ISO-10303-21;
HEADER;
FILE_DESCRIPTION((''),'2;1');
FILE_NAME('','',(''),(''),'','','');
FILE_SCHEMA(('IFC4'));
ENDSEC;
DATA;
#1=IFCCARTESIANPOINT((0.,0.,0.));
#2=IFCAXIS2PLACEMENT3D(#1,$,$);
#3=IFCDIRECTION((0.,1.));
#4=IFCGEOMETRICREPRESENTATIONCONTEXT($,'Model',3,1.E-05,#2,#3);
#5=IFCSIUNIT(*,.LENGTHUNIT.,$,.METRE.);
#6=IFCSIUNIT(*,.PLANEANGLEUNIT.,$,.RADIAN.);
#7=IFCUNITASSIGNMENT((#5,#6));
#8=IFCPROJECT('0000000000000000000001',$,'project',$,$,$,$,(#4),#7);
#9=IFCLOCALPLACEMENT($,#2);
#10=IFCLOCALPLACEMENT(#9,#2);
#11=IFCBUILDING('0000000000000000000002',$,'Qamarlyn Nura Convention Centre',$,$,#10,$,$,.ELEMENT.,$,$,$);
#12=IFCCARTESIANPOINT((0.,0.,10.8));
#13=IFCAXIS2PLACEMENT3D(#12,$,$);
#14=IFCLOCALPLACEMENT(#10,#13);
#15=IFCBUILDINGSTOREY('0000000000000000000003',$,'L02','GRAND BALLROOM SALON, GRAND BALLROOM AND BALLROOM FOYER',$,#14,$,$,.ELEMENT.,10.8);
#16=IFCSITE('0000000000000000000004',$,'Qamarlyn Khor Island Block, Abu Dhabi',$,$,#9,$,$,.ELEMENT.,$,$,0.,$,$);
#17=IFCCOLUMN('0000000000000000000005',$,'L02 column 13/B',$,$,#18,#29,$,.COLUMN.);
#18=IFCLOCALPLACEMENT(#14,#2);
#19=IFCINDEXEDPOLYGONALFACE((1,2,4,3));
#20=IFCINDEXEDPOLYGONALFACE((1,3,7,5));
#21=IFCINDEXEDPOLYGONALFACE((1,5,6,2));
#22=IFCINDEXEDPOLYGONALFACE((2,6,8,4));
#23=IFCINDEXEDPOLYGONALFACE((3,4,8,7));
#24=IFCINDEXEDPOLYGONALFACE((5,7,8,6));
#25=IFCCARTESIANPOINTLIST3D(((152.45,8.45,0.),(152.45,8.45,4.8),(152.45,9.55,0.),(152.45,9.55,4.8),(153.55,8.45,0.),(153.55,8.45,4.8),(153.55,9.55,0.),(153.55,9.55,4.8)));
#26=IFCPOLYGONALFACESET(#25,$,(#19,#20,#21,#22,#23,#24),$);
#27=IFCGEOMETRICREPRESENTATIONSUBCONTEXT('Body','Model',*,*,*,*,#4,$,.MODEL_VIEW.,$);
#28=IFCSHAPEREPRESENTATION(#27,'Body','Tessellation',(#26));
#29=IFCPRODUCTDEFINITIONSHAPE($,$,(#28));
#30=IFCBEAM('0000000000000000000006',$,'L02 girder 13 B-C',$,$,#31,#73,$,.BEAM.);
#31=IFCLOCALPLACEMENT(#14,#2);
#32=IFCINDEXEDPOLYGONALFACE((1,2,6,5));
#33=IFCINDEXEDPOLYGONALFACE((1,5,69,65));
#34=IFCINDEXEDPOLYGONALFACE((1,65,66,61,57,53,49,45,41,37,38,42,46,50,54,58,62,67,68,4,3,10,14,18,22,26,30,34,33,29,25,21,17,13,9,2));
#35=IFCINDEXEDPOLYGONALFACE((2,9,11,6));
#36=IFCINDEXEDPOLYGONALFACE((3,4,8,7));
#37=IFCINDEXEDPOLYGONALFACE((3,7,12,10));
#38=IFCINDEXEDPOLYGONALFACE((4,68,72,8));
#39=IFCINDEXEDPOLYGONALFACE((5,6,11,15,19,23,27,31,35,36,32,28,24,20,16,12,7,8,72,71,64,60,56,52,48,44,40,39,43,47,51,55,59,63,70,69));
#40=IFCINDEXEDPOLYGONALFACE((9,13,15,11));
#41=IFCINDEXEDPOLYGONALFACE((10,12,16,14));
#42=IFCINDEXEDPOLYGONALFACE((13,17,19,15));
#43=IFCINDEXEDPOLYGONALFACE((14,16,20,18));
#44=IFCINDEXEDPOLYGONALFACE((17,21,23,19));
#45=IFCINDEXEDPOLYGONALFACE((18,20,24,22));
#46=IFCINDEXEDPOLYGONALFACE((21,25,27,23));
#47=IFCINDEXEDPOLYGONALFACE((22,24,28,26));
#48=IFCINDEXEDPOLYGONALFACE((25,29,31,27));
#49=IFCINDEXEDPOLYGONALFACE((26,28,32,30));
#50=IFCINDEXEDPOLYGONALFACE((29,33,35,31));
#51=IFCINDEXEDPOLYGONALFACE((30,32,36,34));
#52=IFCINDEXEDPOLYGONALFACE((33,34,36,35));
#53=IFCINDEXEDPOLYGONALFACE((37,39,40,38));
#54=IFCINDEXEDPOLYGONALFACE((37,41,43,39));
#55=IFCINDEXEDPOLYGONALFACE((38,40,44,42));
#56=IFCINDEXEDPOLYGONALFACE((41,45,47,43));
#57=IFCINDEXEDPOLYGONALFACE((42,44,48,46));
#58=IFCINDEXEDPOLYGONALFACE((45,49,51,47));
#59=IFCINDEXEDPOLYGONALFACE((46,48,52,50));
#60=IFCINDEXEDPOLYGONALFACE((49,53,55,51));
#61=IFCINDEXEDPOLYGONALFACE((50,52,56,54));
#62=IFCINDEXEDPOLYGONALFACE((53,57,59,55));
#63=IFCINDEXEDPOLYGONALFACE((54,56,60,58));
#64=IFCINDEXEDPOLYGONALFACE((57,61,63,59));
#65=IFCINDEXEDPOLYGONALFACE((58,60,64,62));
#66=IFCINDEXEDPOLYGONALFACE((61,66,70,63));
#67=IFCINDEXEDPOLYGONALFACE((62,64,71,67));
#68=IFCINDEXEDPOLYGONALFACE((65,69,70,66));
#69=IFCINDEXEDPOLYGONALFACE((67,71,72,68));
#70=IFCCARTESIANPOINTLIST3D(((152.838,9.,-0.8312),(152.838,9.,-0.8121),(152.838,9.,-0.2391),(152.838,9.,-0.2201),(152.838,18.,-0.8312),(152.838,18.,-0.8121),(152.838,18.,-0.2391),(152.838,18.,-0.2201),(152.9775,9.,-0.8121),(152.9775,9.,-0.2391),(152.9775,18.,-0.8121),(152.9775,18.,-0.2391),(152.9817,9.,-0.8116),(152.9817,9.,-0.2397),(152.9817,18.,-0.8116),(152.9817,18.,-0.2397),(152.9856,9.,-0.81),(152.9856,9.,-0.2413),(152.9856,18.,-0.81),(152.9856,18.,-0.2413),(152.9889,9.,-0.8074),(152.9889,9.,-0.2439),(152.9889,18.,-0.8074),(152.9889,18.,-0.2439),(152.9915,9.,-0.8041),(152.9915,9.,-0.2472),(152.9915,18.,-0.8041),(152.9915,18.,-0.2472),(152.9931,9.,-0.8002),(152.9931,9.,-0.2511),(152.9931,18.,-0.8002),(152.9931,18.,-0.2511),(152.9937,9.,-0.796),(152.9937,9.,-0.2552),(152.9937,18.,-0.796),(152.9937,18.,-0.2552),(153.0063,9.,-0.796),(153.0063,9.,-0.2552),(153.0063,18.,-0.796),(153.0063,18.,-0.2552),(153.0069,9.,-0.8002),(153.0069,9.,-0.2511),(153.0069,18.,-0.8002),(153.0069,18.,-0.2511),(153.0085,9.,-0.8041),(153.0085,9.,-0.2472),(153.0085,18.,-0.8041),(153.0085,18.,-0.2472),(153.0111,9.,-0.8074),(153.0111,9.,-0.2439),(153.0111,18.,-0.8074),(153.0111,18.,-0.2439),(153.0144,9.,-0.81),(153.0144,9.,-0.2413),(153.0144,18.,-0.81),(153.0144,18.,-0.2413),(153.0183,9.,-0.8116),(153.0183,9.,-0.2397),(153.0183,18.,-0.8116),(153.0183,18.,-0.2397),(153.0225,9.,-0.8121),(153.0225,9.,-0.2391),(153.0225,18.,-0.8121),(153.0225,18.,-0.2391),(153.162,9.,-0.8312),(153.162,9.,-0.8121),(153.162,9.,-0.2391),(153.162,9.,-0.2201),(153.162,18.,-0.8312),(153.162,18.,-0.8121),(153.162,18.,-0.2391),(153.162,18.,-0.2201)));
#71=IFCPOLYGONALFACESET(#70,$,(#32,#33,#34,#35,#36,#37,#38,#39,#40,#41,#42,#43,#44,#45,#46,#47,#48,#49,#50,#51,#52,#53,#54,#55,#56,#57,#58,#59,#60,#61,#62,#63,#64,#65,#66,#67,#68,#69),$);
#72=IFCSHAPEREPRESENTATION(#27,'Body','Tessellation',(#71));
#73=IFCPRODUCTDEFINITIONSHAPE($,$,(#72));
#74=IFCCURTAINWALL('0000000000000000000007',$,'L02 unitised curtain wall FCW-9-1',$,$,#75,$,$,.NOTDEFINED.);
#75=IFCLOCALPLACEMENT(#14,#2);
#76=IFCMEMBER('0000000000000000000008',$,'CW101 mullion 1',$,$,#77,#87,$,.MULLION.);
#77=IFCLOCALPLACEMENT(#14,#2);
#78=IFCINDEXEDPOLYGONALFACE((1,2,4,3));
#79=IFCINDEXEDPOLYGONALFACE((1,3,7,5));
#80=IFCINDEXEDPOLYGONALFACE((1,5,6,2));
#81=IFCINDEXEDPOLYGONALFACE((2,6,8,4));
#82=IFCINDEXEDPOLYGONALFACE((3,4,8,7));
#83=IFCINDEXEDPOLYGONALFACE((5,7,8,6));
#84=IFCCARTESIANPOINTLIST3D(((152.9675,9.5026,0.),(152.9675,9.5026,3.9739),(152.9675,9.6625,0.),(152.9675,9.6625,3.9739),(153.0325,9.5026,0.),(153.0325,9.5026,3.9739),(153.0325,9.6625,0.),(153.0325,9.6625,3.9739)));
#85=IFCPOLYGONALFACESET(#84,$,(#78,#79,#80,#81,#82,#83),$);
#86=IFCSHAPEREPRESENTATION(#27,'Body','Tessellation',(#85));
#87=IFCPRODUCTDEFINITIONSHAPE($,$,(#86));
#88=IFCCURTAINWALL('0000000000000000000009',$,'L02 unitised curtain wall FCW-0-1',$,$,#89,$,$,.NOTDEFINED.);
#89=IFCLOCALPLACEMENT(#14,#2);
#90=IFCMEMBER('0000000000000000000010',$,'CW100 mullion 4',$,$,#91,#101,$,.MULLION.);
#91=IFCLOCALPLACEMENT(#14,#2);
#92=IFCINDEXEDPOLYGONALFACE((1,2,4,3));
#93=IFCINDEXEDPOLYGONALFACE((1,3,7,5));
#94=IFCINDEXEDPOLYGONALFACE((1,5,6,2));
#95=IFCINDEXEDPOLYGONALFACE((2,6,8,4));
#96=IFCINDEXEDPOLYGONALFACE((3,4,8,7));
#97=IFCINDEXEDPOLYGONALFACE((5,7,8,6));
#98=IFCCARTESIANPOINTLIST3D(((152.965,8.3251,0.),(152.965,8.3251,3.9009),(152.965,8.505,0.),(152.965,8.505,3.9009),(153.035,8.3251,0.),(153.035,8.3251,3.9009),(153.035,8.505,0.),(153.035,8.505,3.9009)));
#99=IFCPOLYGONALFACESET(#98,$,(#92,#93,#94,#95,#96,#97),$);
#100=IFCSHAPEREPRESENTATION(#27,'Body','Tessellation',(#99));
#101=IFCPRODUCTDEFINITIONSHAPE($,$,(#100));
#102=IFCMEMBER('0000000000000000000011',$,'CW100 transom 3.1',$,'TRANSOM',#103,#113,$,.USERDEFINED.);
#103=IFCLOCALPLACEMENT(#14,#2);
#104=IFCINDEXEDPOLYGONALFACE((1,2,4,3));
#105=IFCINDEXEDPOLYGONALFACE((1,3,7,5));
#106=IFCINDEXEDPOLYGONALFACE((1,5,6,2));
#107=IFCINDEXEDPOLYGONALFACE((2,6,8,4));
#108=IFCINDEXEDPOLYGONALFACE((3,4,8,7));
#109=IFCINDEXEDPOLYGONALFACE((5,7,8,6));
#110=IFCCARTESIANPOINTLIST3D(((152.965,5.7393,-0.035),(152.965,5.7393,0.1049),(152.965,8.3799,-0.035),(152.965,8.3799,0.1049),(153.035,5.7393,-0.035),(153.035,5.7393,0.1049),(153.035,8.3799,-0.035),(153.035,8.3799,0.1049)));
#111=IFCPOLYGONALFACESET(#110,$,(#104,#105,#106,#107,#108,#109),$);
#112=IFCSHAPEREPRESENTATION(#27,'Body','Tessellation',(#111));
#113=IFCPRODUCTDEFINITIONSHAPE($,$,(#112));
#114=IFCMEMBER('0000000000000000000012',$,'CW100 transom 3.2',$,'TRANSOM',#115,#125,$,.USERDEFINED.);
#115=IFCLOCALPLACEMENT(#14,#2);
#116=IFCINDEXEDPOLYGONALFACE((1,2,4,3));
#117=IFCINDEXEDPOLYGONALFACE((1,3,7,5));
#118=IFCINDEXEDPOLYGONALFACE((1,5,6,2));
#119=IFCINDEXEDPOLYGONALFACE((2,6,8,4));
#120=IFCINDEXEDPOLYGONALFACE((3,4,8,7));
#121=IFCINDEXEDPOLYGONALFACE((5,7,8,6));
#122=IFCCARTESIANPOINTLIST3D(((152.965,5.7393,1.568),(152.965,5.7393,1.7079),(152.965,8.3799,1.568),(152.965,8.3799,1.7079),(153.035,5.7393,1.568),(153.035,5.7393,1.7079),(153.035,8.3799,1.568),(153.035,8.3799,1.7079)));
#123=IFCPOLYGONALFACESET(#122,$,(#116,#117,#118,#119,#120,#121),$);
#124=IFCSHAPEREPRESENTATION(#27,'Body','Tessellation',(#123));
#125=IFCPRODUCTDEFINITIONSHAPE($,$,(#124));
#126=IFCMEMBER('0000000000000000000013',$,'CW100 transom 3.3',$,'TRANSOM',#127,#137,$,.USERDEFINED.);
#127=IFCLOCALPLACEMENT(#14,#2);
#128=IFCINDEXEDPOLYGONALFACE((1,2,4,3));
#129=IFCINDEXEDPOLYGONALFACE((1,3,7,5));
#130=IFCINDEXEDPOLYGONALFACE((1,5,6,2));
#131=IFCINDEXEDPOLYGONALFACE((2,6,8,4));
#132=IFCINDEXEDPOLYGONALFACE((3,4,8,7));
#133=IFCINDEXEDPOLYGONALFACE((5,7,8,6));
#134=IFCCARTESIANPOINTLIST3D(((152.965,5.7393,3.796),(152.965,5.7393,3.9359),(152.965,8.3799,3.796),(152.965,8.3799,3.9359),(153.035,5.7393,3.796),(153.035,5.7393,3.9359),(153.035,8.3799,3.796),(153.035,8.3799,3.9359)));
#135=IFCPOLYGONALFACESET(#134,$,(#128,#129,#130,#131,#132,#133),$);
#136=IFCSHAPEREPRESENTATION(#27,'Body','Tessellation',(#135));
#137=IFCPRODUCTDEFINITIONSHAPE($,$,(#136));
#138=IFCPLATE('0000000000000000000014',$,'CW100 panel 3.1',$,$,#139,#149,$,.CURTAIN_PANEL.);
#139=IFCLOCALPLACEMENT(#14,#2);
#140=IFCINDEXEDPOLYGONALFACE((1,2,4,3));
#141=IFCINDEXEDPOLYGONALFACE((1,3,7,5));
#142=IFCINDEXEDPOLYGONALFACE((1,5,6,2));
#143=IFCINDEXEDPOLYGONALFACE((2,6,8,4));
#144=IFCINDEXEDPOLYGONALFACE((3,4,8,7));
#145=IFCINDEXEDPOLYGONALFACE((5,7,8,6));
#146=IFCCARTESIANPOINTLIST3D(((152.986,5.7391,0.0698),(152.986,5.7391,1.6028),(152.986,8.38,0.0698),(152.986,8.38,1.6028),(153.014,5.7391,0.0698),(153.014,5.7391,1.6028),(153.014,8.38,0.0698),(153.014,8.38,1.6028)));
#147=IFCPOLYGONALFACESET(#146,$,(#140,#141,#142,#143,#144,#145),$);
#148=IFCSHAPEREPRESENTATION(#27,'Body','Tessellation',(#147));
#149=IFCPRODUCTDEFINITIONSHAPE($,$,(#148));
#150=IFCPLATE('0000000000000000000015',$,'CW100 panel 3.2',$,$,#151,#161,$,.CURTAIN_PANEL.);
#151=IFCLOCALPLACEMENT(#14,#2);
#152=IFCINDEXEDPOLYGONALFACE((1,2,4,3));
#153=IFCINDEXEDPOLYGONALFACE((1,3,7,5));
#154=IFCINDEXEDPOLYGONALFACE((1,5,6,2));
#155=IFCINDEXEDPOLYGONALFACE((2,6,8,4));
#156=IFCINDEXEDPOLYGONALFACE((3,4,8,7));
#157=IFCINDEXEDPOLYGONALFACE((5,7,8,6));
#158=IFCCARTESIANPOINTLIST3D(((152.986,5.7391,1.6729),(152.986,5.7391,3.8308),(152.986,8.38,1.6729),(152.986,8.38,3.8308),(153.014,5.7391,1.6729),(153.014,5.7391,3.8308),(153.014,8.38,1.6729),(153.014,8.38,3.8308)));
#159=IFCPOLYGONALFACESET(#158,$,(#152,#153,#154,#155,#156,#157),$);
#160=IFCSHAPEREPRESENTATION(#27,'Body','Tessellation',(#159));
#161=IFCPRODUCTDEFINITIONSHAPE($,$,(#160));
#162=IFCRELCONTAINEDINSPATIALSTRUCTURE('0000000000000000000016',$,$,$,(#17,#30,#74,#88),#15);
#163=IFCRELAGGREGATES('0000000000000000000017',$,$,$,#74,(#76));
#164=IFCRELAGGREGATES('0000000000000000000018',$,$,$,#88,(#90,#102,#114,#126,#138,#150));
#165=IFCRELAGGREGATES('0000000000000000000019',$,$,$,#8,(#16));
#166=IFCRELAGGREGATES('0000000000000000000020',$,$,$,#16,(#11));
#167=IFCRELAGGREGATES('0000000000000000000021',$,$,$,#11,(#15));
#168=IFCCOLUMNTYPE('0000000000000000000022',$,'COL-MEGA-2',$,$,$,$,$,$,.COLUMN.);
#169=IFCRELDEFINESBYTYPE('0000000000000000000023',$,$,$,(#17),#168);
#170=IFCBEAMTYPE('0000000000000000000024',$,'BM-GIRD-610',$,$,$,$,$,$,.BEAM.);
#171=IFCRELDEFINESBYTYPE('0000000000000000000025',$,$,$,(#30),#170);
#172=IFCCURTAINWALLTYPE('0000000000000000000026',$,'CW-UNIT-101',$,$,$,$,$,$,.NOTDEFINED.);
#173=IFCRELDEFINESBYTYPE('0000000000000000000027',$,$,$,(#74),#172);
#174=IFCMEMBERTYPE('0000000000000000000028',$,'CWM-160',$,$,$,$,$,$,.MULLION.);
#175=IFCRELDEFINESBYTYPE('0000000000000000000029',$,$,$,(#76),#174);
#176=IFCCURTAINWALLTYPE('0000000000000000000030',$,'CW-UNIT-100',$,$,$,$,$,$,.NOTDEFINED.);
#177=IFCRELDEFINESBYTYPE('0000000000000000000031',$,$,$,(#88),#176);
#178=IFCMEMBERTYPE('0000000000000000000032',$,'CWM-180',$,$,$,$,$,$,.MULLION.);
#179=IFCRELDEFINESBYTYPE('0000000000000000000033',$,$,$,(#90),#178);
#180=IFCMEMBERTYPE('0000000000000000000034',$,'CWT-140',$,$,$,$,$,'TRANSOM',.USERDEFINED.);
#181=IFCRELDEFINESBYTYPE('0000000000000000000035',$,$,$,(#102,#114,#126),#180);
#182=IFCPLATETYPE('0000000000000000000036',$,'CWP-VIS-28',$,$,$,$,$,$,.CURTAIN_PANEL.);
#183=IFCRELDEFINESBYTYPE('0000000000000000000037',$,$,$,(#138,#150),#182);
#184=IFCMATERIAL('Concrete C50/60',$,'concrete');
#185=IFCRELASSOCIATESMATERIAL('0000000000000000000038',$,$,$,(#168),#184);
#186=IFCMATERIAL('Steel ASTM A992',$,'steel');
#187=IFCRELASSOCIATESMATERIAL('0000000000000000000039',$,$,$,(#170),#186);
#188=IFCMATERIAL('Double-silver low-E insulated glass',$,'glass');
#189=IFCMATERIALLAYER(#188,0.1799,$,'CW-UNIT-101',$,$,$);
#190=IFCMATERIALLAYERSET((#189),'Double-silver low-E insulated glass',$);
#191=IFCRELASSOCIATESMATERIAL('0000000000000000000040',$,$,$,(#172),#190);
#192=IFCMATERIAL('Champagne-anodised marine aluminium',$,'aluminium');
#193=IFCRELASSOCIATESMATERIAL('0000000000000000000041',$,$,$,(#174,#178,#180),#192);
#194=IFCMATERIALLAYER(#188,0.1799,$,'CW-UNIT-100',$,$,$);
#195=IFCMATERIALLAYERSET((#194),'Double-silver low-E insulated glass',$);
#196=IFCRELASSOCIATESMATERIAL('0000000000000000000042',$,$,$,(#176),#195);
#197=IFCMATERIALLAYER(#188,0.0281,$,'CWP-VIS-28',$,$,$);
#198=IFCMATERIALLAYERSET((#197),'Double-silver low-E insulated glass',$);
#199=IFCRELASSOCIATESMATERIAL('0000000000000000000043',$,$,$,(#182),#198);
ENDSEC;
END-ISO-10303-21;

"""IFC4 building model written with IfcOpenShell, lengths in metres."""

from ifc_helpers import new_model, si_unit, direction, frame, origin, origin_2d, place, context, subcontext, project, spatial, rectangle, i_section, extrude, material, layer, layer_set, material_profile, profile_set, type_object, element, aggregate, save


model = new_model("IFC4")

# Units and contexts
model_context = context("Model", 3, precision=1e-05, world=origin(), true_north=direction((0.0, 1.0)))
body_context = subcontext(model_context, "Body", "Model", "MODEL_VIEW")
ifc_project = project(units=[si_unit("LENGTHUNIT", "METRE"), si_unit("PLANEANGLEUNIT", "RADIAN")], contexts=[model_context])

# Site, building, storey
site_placement = place(None, origin())
site = spatial("IfcSite", under=ifc_project, at=site_placement, Name="Qamarlyn Khor Island Block, Abu Dhabi", CompositionType="ELEMENT", RefElevation=0.0)
building_placement = place(site_placement, origin())
building = spatial("IfcBuilding", under=site, at=building_placement, Name="Qamarlyn Nura Convention Centre", CompositionType="ELEMENT")
storey_placement = place(building_placement, frame((0.0, 0.0, 10.8)))
storey = spatial("IfcBuildingStorey", under=building, at=storey_placement, Name="L02", Description="GRAND BALLROOM SALON, GRAND BALLROOM AND BALLROOM FOYER", CompositionType="ELEMENT", Elevation=10.8)

# Column
ifc_material_1 = material(Name="Concrete C50/60", Category="concrete")
ifc_material_profile_1 = material_profile(ifc_material_1, rectangle(XDim=1.1001, YDim=1.1001, at=origin_2d()), Name="RC 1100x1100")
ifc_profile_set_1 = profile_set([ifc_material_profile_1], Name="Concrete C50/60")
column_type = type_object("IfcColumnType", Name="COL-MEGA-2", PredefinedType="COLUMN", material=ifc_profile_set_1)
column_placement = place(storey_placement, frame((153.0, 9.0, 0.0), z_axis=(0.0, 0.0, 1.0), x_axis=(1.0, 0.0, 0.0)))
element("IfcColumn", 1, at=column_placement, inside=storey, type_object=column_type, Name="L02 column 13/B", PredefinedType="COLUMN", context=body_context, shape_type="SweptSolid", body=[
    extrude(rectangle(XDim=1.1001, YDim=1.1001, at=origin_2d()), origin(), (0.0, 0.0, 1.0), 4.8),
])

# Beam
ifc_material_2 = material(Name="Steel ASTM A992", Category="steel")
ifc_material_profile_2 = material_profile(ifc_material_2, i_section(OverallWidth=0.324, OverallDepth=0.6111, WebThickness=0.0127, FlangeThickness=0.019, FilletRadius=0.0161, at=origin_2d()), Name="W610X155")
ifc_profile_set_2 = profile_set([ifc_material_profile_2], Name="Steel ASTM A992")
beam_type = type_object("IfcBeamType", Name="BM-GIRD-610", PredefinedType="BEAM", material=ifc_profile_set_2)
beam_placement = place(storey_placement, frame((153.0, 9.0, -0.5256), z_axis=(0.0, 1.0, 0.0), x_axis=(-1.0, 0.0, 0.0)))
element("IfcBeam", 2, at=beam_placement, inside=storey, type_object=beam_type, Name="L02 girder 13 B-C", PredefinedType="BEAM", context=body_context, shape_type="SweptSolid", body=[
    extrude(i_section(OverallWidth=0.324, OverallDepth=0.6111, WebThickness=0.0127, FlangeThickness=0.019, FilletRadius=0.0161, at=origin_2d()), origin(), (0.0, 0.0, 1.0), 9.0),
])

# Curtain wall, member
ifc_material_3 = material(Name="Double-silver low-E insulated glass", Category="glass")
ifc_layer_1 = layer(ifc_material_3, 0.1799, Name="CW-UNIT-101")
ifc_layer_set_1 = layer_set([ifc_layer_1], Name="Double-silver low-E insulated glass")
curtain_wall_type_1 = type_object("IfcCurtainWallType", Name="CW-UNIT-101", PredefinedType="NOTDEFINED", material=ifc_layer_set_1)
curtain_wall_1_placement = place(storey_placement, origin())
curtain_wall_1 = element("IfcCurtainWall", 3, at=curtain_wall_1_placement, inside=storey, type_object=curtain_wall_type_1, Name="L02 unitised curtain wall FCW-9-1", PredefinedType="NOTDEFINED")
ifc_material_4 = material(Name="Champagne-anodised marine aluminium", Category="aluminium")
ifc_material_profile_3 = material_profile(ifc_material_4, rectangle(XDim=0.0649, YDim=0.1599, at=origin_2d()), Name="ALU MULLION 65x160")
ifc_profile_set_3 = profile_set([ifc_material_profile_3], Name="Champagne-anodised marine aluminium")
member_type_1 = type_object("IfcMemberType", Name="CWM-160", PredefinedType="MULLION", material=ifc_profile_set_3)
member_1_placement = place(storey_placement, frame((153.0, 9.5825, 0.0), z_axis=(0.0, 0.0, 1.0), x_axis=(-1.0, 0.0, 0.0)))
member_1 = element("IfcMember", 4, at=member_1_placement, type_object=member_type_1, Name="CW101 mullion 1", PredefinedType="MULLION", context=body_context, shape_type="SweptSolid", body=[
    extrude(rectangle(XDim=0.0649, YDim=0.1599, at=origin_2d()), origin(), (0.0, 0.0, 1.0), 3.9739),
])
aggregate(curtain_wall_1, [member_1])

# Curtain wall, members, plates
ifc_layer_2 = layer(ifc_material_3, 0.1799, Name="CW-UNIT-100")
ifc_layer_set_2 = layer_set([ifc_layer_2], Name="Double-silver low-E insulated glass")
curtain_wall_type_2 = type_object("IfcCurtainWallType", Name="CW-UNIT-100", PredefinedType="NOTDEFINED", material=ifc_layer_set_2)
curtain_wall_2_placement = place(storey_placement, origin())
curtain_wall_2 = element("IfcCurtainWall", 5, at=curtain_wall_2_placement, inside=storey, type_object=curtain_wall_type_2, Name="L02 unitised curtain wall FCW-0-1", PredefinedType="NOTDEFINED")
ifc_material_profile_4 = material_profile(ifc_material_4, rectangle(XDim=0.0701, YDim=0.1799, at=origin_2d()), Name="ALU MULLION 70x180")
ifc_profile_set_4 = profile_set([ifc_material_profile_4], Name="Champagne-anodised marine aluminium")
member_type_2 = type_object("IfcMemberType", Name="CWM-180", PredefinedType="MULLION", material=ifc_profile_set_4)
member_2_placement = place(storey_placement, frame((153.0, 8.415, 0.0), z_axis=(0.0, 0.0, 1.0), x_axis=(-1.0, 0.0, 0.0)))
member_2 = element("IfcMember", 6, at=member_2_placement, type_object=member_type_2, Name="CW100 mullion 4", PredefinedType="MULLION", context=body_context, shape_type="SweptSolid", body=[
    extrude(rectangle(XDim=0.0701, YDim=0.1799, at=origin_2d()), origin(), (0.0, 0.0, 1.0), 3.9009),
])
ifc_material_profile_5 = material_profile(ifc_material_4, rectangle(XDim=0.0701, YDim=0.1399, at=origin_2d()), Name="ALU TRANSOM 70x140")
ifc_profile_set_5 = profile_set([ifc_material_profile_5], Name="Champagne-anodised marine aluminium")
member_type_3 = type_object("IfcMemberType", Name="CWT-140", ElementType="TRANSOM", PredefinedType="USERDEFINED", material=ifc_profile_set_5)
member_3_placement = place(storey_placement, frame((153.0, 5.7393, 0.0349), z_axis=(0.0, 1.0, 0.0), x_axis=(-1.0, 0.0, 0.0)))
member_3 = element("IfcMember", 7, at=member_3_placement, type_object=member_type_3, Name="CW100 transom 3.1", ObjectType="TRANSOM", PredefinedType="USERDEFINED", context=body_context, shape_type="SweptSolid", body=[
    extrude(rectangle(XDim=0.0701, YDim=0.1399, at=origin_2d()), origin(), (0.0, 0.0, 1.0), 2.6406),
])
member_4_placement = place(storey_placement, frame((153.0, 5.7393, 1.6379), z_axis=(0.0, 1.0, 0.0), x_axis=(-1.0, 0.0, 0.0)))
member_4 = element("IfcMember", 8, at=member_4_placement, type_object=member_type_3, Name="CW100 transom 3.2", ObjectType="TRANSOM", PredefinedType="USERDEFINED", context=body_context, shape_type="SweptSolid", body=[
    extrude(rectangle(XDim=0.0701, YDim=0.1399, at=origin_2d()), origin(), (0.0, 0.0, 1.0), 2.6406),
])
member_5_placement = place(storey_placement, frame((153.0, 5.7393, 3.866), z_axis=(0.0, 1.0, 0.0), x_axis=(-1.0, 0.0, 0.0)))
member_5 = element("IfcMember", 9, at=member_5_placement, type_object=member_type_3, Name="CW100 transom 3.3", ObjectType="TRANSOM", PredefinedType="USERDEFINED", context=body_context, shape_type="SweptSolid", body=[
    extrude(rectangle(XDim=0.0701, YDim=0.1399, at=origin_2d()), origin(), (0.0, 0.0, 1.0), 2.6406),
])
ifc_layer_3 = layer(ifc_material_3, 0.0281, Name="CWP-VIS-28")
ifc_layer_set_3 = layer_set([ifc_layer_3], Name="Double-silver low-E insulated glass")
plate_type = type_object("IfcPlateType", Name="CWP-VIS-28", PredefinedType="CURTAIN_PANEL", material=ifc_layer_set_3)
plate_1_placement = place(storey_placement, frame((153.0, 7.0596, 0.0698), z_axis=(0.0, 0.0, 1.0), x_axis=(0.0, 1.0, 0.0)))
plate_1 = element("IfcPlate", 10, at=plate_1_placement, type_object=plate_type, Name="CW100 panel 3.1", PredefinedType="CURTAIN_PANEL", context=body_context, shape_type="SweptSolid", body=[
    extrude(rectangle(XDim=2.6409, YDim=0.0281, at=origin_2d()), origin(), (0.0, 0.0, 1.0), 1.533),
])
plate_2_placement = place(storey_placement, frame((153.0, 7.0596, 1.6729), z_axis=(0.0, 0.0, 1.0), x_axis=(0.0, 1.0, 0.0)))
plate_2 = element("IfcPlate", 11, at=plate_2_placement, type_object=plate_type, Name="CW100 panel 3.2", PredefinedType="CURTAIN_PANEL", context=body_context, shape_type="SweptSolid", body=[
    extrude(rectangle(XDim=2.6409, YDim=0.0281, at=origin_2d()), origin(), (0.0, 0.0, 1.0), 2.158),
])
aggregate(curtain_wall_2, [member_2, member_3, member_4, member_5, plate_1, plate_2])

save(model, "model.ifc")
